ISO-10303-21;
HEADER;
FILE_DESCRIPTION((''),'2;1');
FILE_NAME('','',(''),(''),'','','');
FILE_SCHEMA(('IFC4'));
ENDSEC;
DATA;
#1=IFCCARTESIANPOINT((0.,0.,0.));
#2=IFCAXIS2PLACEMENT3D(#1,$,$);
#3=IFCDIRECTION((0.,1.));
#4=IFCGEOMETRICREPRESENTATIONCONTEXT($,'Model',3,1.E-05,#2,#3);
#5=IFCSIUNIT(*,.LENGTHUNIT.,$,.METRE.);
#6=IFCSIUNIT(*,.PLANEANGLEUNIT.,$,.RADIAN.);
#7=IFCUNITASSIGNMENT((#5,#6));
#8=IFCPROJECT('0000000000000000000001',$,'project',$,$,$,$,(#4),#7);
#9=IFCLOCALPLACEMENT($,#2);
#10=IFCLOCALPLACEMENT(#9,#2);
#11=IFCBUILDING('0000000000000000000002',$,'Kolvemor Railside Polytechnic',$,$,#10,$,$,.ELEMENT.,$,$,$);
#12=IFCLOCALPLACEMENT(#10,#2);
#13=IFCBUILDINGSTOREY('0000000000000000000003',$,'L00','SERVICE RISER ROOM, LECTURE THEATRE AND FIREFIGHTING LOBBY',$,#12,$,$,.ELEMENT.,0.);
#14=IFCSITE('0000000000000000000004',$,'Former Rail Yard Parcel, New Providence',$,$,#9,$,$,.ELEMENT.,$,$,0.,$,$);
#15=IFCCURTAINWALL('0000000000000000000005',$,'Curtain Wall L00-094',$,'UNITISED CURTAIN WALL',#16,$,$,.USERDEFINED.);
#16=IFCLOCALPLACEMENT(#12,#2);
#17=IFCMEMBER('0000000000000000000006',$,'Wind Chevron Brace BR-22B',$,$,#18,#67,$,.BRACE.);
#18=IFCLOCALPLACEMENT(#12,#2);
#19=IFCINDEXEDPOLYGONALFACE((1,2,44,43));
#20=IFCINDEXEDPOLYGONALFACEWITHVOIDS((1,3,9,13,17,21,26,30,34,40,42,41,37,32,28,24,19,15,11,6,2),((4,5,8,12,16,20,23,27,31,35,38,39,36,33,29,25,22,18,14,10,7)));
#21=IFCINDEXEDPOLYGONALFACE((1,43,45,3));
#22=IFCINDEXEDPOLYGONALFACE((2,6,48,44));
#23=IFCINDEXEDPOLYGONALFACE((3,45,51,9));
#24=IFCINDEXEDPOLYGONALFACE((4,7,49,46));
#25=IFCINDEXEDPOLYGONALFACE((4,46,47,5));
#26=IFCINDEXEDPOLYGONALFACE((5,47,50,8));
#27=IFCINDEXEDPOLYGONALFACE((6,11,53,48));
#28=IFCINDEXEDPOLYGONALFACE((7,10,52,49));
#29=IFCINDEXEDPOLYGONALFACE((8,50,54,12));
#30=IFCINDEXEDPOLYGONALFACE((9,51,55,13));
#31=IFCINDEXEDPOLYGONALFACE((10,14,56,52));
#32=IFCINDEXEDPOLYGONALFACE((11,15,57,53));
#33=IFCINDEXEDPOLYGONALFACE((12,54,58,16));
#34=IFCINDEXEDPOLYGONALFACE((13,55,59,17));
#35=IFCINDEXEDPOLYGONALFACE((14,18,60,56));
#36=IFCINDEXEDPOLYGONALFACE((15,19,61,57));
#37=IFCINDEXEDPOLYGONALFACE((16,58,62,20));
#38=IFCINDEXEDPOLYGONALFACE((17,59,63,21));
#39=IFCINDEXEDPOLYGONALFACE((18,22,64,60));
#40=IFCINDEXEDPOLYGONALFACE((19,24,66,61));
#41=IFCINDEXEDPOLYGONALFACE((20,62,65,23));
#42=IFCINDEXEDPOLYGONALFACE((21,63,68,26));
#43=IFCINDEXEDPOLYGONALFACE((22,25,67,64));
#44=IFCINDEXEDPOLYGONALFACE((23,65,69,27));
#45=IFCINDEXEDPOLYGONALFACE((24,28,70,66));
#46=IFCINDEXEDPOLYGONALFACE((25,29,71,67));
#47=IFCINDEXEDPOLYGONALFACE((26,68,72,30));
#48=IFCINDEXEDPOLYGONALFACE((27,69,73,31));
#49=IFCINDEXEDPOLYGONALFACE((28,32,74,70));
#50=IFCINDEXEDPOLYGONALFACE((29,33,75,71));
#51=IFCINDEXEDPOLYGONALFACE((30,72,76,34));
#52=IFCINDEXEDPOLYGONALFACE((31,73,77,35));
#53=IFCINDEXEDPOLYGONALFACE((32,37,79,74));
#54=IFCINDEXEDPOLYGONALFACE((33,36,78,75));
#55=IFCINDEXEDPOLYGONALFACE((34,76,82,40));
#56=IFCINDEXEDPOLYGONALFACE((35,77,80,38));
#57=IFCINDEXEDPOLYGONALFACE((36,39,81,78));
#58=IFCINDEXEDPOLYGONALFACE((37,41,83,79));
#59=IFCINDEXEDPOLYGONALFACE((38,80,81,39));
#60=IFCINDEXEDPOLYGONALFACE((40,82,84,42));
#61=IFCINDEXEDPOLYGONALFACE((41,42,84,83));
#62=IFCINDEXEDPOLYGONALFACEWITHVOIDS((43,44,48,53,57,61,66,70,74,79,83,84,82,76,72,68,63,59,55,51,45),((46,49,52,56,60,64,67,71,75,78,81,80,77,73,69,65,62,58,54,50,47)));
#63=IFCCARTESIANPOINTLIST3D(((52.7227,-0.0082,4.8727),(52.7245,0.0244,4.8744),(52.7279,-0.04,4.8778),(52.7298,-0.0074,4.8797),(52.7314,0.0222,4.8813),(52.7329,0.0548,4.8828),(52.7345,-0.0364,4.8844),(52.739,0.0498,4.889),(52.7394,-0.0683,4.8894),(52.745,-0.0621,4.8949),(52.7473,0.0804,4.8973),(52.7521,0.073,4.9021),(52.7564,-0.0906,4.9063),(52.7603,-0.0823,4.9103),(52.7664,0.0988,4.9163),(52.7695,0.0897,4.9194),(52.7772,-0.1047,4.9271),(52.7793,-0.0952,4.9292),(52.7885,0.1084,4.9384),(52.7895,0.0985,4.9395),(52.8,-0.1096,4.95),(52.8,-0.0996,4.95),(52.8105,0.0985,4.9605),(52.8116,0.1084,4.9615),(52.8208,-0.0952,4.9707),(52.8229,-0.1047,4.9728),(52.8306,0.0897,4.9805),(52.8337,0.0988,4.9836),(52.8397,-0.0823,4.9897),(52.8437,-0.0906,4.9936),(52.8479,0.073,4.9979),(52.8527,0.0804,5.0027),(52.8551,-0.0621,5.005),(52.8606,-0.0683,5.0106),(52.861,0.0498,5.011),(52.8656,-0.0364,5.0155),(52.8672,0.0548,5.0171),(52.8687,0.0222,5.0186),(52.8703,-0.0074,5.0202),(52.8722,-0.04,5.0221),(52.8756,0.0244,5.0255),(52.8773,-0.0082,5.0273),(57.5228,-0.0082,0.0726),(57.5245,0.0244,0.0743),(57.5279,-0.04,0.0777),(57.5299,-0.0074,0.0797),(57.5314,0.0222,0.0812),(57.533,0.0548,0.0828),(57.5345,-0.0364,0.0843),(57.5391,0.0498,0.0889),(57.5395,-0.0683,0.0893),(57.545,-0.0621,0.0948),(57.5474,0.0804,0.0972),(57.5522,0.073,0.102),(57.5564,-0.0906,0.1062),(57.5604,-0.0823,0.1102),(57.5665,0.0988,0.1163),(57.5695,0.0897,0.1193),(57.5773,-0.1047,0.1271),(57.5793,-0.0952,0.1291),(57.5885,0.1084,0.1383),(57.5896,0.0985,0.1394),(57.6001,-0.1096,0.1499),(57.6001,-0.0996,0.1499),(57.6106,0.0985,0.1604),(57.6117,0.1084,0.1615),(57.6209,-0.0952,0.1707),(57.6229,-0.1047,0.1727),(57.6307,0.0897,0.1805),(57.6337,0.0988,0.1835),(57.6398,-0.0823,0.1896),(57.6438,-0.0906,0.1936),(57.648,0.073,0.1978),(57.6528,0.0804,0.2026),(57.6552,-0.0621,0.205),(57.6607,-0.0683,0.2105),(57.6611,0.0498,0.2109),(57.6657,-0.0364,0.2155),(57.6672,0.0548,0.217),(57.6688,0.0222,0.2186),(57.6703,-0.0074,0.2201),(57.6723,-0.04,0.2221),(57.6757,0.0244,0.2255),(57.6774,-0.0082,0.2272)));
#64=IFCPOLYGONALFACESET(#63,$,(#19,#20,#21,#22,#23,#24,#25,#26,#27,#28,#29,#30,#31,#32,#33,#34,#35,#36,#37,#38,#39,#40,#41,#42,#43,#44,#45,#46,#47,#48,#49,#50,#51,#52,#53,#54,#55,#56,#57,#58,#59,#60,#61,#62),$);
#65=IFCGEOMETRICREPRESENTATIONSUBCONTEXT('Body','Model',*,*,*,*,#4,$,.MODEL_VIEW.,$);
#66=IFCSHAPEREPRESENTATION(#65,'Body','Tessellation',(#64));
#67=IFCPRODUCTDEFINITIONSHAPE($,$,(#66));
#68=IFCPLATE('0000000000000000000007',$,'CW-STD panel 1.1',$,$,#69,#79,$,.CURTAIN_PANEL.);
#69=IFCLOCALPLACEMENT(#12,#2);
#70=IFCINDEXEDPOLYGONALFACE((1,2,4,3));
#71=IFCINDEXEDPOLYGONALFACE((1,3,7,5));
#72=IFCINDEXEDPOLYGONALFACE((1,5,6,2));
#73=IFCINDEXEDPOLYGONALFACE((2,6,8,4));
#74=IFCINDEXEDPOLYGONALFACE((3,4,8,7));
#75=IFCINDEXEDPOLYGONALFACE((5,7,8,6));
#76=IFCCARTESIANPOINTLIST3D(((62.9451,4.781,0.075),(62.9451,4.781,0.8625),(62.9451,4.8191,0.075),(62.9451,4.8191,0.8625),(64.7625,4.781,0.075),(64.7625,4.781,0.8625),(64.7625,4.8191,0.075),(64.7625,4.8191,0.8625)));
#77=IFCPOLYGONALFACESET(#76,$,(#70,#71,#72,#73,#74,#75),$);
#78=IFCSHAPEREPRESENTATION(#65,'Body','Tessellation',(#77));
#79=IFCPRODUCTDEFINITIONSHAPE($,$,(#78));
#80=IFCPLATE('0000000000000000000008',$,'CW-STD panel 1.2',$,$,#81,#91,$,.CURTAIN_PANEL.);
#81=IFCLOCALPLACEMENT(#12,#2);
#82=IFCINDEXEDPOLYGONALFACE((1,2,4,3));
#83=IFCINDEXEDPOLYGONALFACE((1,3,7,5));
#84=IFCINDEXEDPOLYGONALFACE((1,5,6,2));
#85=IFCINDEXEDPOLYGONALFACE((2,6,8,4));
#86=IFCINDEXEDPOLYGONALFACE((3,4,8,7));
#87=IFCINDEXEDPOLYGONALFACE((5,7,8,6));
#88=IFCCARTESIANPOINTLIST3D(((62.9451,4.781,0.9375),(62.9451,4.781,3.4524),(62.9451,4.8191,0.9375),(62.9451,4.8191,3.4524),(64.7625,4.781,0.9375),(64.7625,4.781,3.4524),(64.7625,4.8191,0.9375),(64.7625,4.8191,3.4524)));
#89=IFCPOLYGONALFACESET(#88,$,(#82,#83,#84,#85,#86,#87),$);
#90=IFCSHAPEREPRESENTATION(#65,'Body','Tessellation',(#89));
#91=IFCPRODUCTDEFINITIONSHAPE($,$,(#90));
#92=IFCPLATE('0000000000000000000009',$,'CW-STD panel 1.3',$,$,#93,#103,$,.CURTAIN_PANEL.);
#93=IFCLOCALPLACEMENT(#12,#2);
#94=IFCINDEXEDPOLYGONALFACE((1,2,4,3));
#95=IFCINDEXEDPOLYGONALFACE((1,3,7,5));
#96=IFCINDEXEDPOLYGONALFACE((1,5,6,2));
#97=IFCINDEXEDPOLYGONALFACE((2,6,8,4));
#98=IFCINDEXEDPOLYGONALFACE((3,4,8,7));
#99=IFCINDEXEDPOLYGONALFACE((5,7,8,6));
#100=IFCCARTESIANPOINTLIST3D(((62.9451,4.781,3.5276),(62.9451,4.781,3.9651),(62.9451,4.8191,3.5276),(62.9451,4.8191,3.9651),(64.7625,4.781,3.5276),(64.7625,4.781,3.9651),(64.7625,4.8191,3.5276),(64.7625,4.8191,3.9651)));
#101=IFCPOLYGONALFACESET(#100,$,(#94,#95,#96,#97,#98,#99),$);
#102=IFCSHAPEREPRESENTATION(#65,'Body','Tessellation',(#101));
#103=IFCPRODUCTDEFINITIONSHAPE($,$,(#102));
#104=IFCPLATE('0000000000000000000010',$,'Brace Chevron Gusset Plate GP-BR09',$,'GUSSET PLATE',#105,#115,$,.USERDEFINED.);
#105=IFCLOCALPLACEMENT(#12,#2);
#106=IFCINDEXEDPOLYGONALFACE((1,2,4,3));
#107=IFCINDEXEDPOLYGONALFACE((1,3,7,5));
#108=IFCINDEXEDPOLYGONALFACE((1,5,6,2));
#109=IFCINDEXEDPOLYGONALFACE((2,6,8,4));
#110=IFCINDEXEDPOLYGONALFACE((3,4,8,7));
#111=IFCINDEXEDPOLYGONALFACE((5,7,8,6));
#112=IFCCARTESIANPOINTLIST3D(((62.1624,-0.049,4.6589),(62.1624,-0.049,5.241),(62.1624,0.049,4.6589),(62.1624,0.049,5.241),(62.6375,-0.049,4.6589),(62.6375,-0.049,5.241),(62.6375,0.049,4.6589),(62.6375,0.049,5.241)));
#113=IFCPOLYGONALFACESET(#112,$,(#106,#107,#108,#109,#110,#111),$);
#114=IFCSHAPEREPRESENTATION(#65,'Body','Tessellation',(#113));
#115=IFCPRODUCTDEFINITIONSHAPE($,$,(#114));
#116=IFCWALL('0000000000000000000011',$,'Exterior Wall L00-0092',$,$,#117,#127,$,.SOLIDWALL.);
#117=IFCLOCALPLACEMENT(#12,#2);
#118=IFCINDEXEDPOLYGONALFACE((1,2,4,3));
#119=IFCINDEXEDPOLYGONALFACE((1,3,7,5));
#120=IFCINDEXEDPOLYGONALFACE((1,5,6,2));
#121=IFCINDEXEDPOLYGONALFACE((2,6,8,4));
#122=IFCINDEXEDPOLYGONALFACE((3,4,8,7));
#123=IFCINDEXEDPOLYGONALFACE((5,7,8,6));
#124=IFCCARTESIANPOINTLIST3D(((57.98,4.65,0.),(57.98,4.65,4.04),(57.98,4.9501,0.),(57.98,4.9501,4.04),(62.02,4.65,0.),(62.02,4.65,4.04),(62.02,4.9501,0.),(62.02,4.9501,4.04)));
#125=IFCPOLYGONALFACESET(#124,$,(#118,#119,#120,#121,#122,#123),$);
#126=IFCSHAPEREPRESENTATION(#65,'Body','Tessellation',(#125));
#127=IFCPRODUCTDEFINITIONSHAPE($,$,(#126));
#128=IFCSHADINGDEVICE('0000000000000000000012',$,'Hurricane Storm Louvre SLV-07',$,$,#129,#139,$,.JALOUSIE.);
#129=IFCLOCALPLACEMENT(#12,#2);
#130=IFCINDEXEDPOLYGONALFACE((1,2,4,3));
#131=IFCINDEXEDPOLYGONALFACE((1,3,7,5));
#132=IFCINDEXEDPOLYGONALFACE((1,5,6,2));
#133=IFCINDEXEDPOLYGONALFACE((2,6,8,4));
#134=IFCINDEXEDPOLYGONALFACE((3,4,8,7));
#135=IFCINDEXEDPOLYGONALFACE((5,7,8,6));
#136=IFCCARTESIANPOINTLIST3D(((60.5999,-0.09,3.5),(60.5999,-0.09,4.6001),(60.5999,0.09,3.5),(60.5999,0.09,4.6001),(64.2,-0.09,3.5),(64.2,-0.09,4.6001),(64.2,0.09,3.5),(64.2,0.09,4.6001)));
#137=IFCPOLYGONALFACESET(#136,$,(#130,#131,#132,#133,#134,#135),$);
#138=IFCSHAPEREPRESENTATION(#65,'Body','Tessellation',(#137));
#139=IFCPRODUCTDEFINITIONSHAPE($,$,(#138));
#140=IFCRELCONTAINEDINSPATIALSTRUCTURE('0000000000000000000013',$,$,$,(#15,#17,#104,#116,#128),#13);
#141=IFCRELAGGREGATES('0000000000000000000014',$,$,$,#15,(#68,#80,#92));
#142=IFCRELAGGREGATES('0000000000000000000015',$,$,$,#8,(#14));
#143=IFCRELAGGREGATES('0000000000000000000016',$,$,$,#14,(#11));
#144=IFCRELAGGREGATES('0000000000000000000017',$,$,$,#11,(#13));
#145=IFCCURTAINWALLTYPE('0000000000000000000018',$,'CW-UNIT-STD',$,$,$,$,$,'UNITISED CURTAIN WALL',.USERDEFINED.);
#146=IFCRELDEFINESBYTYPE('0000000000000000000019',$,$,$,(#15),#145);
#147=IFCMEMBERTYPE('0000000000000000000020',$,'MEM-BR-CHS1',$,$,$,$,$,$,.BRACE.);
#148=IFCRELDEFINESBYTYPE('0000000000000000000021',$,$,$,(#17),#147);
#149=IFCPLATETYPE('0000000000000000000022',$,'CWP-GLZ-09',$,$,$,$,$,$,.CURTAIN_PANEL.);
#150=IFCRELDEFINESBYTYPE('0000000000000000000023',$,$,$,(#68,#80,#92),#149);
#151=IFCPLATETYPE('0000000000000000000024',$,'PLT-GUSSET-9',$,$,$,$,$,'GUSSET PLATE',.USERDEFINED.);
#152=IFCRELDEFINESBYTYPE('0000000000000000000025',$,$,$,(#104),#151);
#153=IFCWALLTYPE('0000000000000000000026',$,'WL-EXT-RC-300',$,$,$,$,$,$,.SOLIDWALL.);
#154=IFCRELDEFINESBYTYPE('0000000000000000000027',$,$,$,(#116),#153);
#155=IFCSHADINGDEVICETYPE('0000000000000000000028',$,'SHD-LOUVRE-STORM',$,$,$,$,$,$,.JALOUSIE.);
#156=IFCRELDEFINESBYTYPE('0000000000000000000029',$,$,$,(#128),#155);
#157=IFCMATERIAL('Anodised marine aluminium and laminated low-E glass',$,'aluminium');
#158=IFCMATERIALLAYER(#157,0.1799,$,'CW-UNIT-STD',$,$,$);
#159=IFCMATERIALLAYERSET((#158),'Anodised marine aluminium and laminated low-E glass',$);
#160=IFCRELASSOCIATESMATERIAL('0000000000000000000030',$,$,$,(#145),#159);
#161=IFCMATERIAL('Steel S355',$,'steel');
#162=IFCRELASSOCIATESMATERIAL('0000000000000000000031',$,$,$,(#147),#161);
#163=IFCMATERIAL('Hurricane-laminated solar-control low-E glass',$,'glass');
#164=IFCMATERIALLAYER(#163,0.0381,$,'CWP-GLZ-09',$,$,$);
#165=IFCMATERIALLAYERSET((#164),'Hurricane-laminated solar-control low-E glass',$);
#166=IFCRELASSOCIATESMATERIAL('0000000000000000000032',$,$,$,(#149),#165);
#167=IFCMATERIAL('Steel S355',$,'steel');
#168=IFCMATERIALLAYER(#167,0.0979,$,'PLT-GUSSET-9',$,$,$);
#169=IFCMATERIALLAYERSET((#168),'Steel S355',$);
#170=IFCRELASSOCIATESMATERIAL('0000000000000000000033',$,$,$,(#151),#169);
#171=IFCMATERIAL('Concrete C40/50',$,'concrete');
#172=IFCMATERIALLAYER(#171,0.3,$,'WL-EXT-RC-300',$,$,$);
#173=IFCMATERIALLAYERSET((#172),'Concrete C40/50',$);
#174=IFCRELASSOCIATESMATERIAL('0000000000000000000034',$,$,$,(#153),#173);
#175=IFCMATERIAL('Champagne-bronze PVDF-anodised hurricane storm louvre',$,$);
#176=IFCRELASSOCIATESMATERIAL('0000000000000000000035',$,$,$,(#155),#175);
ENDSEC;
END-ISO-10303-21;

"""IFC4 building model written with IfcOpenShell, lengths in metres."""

from ifc_helpers import new_model, si_unit, direction, frame, frame_2d, origin, origin_2d, place, context, subcontext, project, spatial, rectangle, hollow_circle, extrude, material, layer, layer_set, material_profile, profile_set, type_object, element, aggregate, save


model = new_model("IFC4")

# Units and contexts
model_context = context("Model", 3, precision=1e-05, world=origin(), true_north=direction((0.0, 1.0)))
body_context = subcontext(model_context, "Body", "Model", "MODEL_VIEW")
ifc_project = project(units=[si_unit("LENGTHUNIT", "METRE"), si_unit("PLANEANGLEUNIT", "RADIAN")], contexts=[model_context])

# Site, building, storey
site_placement = place(None, origin())
site = spatial("IfcSite", under=ifc_project, at=site_placement, Name="Former Rail Yard Parcel, New Providence", CompositionType="ELEMENT", RefElevation=0.0)
building_placement = place(site_placement, origin())
building = spatial("IfcBuilding", under=site, at=building_placement, Name="Kolvemor Railside Polytechnic", CompositionType="ELEMENT")
storey_placement = place(building_placement, origin())
storey = spatial("IfcBuildingStorey", under=building, at=storey_placement, Name="L00", Description="SERVICE RISER ROOM, LECTURE THEATRE AND FIREFIGHTING LOBBY", CompositionType="ELEMENT", Elevation=0.0)

# Curtain wall
ifc_material_1 = material(Name="Anodised marine aluminium and laminated low-E glass", Category="aluminium")
ifc_layer_1 = layer(ifc_material_1, 0.1799, Name="CW-UNIT-STD")
ifc_layer_set_1 = layer_set([ifc_layer_1], Name="Anodised marine aluminium and laminated low-E glass")
curtain_wall_type = type_object("IfcCurtainWallType", Name="CW-UNIT-STD", ElementType="UNITISED CURTAIN WALL", PredefinedType="USERDEFINED", material=ifc_layer_set_1)
curtain_wall_placement = place(storey_placement, origin())
curtain_wall = element("IfcCurtainWall", 1, at=curtain_wall_placement, inside=storey, type_object=curtain_wall_type, Name="Curtain Wall L00-094", ObjectType="UNITISED CURTAIN WALL", PredefinedType="USERDEFINED")

# Member
ifc_material_2 = material(Name="Steel S355", Category="steel")
ifc_material_profile_1 = material_profile(ifc_material_2, hollow_circle(Radius=0.1096, WallThickness=0.01, at=origin_2d()), Name="CHS219.1x10")
ifc_profile_set_1 = profile_set([ifc_material_profile_1], Name="Steel S355")
member_type_1 = type_object("IfcMemberType", Name="MEM-BR-CHS1", PredefinedType="BRACE", material=ifc_profile_set_1)
member_1_placement = place(storey_placement, frame((57.6001, 0.0, 0.1499), z_axis=(-0.707107, 0.0, 0.707107), x_axis=(0.0, -1.0, 0.0)))
element("IfcMember", 2, at=member_1_placement, inside=storey, type_object=member_type_1, Name="Wind Chevron Brace BR-22B", PredefinedType="BRACE", context=body_context, shape_type="SweptSolid", body=[
    extrude(hollow_circle(Radius=0.1096, WallThickness=0.01, at=origin_2d()), origin(), (0.0, 0.0, 1.0), 6.7883),
])

# Plates
ifc_material_3 = material(Name="Hurricane-laminated solar-control low-E glass", Category="glass")
ifc_layer_2 = layer(ifc_material_3, 0.0381, Name="CWP-GLZ-09")
ifc_layer_set_2 = layer_set([ifc_layer_2], Name="Hurricane-laminated solar-control low-E glass")
plate_type_1 = type_object("IfcPlateType", Name="CWP-GLZ-09", PredefinedType="CURTAIN_PANEL", material=ifc_layer_set_2)
plate_1_placement = place(storey_placement, frame((63.8538, 4.8, 0.075), z_axis=(0.0, 0.0, 1.0), x_axis=(1.0, 0.0, 0.0)))
plate_1 = element("IfcPlate", 3, at=plate_1_placement, type_object=plate_type_1, Name="CW-STD panel 1.1", PredefinedType="CURTAIN_PANEL", context=body_context, shape_type="SweptSolid", body=[
    extrude(rectangle(XDim=1.8174, YDim=0.0381, at=origin_2d()), origin(), (0.0, 0.0, 1.0), 0.7876),
])
plate_2_placement = place(storey_placement, frame((63.8538, 4.8, 0.9375), z_axis=(0.0, 0.0, 1.0), x_axis=(1.0, 0.0, 0.0)))
plate_2 = element("IfcPlate", 4, at=plate_2_placement, type_object=plate_type_1, Name="CW-STD panel 1.2", PredefinedType="CURTAIN_PANEL", context=body_context, shape_type="SweptSolid", body=[
    extrude(rectangle(XDim=1.8174, YDim=0.0381, at=origin_2d()), origin(), (0.0, 0.0, 1.0), 2.5149),
])
plate_3_placement = place(storey_placement, frame((63.8538, 4.8, 3.5276), z_axis=(0.0, 0.0, 1.0), x_axis=(1.0, 0.0, 0.0)))
plate_3 = element("IfcPlate", 5, at=plate_3_placement, type_object=plate_type_1, Name="CW-STD panel 1.3", PredefinedType="CURTAIN_PANEL", context=body_context, shape_type="SweptSolid", body=[
    extrude(rectangle(XDim=1.8174, YDim=0.0381, at=origin_2d()), origin(), (0.0, 0.0, 1.0), 0.4375),
])
aggregate(curtain_wall, [plate_1, plate_2, plate_3])
ifc_material_4 = material(Name="Steel S355", Category="steel")
ifc_layer_3 = layer(ifc_material_4, 0.0979, Name="PLT-GUSSET-9")
ifc_layer_set_3 = layer_set([ifc_layer_3], Name="Steel S355")
plate_type_2 = type_object("IfcPlateType", Name="PLT-GUSSET-9", ElementType="GUSSET PLATE", PredefinedType="USERDEFINED", material=ifc_layer_set_3)
plate_4_placement = place(storey_placement, frame((62.3999, 0.0, 4.6589), z_axis=(0.0, 0.0, 1.0), x_axis=(1.0, 0.0, 0.0)))
element("IfcPlate", 6, at=plate_4_placement, inside=storey, type_object=plate_type_2, Name="Brace Chevron Gusset Plate GP-BR09", ObjectType="GUSSET PLATE", PredefinedType="USERDEFINED", context=body_context, shape_type="SweptSolid", body=[
    extrude(rectangle(XDim=0.4751, YDim=0.0979, at=origin_2d()), origin(), (0.0, 0.0, 1.0), 0.582),
])

# Wall
ifc_material_5 = material(Name="Concrete C40/50", Category="concrete")
ifc_layer_4 = layer(ifc_material_5, 0.3, Name="WL-EXT-RC-300")
ifc_layer_set_4 = layer_set([ifc_layer_4], Name="Concrete C40/50")
wall_type = type_object("IfcWallType", Name="WL-EXT-RC-300", PredefinedType="SOLIDWALL", material=ifc_layer_set_4)
wall_placement = place(storey_placement, frame((57.98, 4.8, 0.0), z_axis=(0.0, 0.0, 1.0), x_axis=(1.0, 0.0, 0.0)))
element("IfcWall", 7, at=wall_placement, inside=storey, type_object=wall_type, Name="Exterior Wall L00-0092", PredefinedType="SOLIDWALL", context=body_context, shape_type="SweptSolid", body=[
    extrude(rectangle(XDim=4.04, YDim=0.3, at=frame_2d((2.02, 0.0))), origin(), (0.0, 0.0, 1.0), 4.04),
])

# Shading device
ifc_material_6 = material(Name="Champagne-bronze PVDF-anodised hurricane storm louvre")
shading_device_type = type_object("IfcShadingDeviceType", Name="SHD-LOUVRE-STORM", PredefinedType="JALOUSIE", material=ifc_material_6)
shading_device_placement = place(storey_placement, frame((62.3999, 0.0, 3.5), z_axis=(0.0, 0.0, 1.0), x_axis=(1.0, 0.0, 0.0)))
element("IfcShadingDevice", 8, at=shading_device_placement, inside=storey, type_object=shading_device_type, Name="Hurricane Storm Louvre SLV-07", PredefinedType="JALOUSIE", context=body_context, shape_type="SweptSolid", body=[
    extrude(rectangle(XDim=3.6001, YDim=0.1799, at=origin_2d()), origin(), (0.0, 0.0, 1.0), 1.1001),
])

save(model, "model.ifc")
